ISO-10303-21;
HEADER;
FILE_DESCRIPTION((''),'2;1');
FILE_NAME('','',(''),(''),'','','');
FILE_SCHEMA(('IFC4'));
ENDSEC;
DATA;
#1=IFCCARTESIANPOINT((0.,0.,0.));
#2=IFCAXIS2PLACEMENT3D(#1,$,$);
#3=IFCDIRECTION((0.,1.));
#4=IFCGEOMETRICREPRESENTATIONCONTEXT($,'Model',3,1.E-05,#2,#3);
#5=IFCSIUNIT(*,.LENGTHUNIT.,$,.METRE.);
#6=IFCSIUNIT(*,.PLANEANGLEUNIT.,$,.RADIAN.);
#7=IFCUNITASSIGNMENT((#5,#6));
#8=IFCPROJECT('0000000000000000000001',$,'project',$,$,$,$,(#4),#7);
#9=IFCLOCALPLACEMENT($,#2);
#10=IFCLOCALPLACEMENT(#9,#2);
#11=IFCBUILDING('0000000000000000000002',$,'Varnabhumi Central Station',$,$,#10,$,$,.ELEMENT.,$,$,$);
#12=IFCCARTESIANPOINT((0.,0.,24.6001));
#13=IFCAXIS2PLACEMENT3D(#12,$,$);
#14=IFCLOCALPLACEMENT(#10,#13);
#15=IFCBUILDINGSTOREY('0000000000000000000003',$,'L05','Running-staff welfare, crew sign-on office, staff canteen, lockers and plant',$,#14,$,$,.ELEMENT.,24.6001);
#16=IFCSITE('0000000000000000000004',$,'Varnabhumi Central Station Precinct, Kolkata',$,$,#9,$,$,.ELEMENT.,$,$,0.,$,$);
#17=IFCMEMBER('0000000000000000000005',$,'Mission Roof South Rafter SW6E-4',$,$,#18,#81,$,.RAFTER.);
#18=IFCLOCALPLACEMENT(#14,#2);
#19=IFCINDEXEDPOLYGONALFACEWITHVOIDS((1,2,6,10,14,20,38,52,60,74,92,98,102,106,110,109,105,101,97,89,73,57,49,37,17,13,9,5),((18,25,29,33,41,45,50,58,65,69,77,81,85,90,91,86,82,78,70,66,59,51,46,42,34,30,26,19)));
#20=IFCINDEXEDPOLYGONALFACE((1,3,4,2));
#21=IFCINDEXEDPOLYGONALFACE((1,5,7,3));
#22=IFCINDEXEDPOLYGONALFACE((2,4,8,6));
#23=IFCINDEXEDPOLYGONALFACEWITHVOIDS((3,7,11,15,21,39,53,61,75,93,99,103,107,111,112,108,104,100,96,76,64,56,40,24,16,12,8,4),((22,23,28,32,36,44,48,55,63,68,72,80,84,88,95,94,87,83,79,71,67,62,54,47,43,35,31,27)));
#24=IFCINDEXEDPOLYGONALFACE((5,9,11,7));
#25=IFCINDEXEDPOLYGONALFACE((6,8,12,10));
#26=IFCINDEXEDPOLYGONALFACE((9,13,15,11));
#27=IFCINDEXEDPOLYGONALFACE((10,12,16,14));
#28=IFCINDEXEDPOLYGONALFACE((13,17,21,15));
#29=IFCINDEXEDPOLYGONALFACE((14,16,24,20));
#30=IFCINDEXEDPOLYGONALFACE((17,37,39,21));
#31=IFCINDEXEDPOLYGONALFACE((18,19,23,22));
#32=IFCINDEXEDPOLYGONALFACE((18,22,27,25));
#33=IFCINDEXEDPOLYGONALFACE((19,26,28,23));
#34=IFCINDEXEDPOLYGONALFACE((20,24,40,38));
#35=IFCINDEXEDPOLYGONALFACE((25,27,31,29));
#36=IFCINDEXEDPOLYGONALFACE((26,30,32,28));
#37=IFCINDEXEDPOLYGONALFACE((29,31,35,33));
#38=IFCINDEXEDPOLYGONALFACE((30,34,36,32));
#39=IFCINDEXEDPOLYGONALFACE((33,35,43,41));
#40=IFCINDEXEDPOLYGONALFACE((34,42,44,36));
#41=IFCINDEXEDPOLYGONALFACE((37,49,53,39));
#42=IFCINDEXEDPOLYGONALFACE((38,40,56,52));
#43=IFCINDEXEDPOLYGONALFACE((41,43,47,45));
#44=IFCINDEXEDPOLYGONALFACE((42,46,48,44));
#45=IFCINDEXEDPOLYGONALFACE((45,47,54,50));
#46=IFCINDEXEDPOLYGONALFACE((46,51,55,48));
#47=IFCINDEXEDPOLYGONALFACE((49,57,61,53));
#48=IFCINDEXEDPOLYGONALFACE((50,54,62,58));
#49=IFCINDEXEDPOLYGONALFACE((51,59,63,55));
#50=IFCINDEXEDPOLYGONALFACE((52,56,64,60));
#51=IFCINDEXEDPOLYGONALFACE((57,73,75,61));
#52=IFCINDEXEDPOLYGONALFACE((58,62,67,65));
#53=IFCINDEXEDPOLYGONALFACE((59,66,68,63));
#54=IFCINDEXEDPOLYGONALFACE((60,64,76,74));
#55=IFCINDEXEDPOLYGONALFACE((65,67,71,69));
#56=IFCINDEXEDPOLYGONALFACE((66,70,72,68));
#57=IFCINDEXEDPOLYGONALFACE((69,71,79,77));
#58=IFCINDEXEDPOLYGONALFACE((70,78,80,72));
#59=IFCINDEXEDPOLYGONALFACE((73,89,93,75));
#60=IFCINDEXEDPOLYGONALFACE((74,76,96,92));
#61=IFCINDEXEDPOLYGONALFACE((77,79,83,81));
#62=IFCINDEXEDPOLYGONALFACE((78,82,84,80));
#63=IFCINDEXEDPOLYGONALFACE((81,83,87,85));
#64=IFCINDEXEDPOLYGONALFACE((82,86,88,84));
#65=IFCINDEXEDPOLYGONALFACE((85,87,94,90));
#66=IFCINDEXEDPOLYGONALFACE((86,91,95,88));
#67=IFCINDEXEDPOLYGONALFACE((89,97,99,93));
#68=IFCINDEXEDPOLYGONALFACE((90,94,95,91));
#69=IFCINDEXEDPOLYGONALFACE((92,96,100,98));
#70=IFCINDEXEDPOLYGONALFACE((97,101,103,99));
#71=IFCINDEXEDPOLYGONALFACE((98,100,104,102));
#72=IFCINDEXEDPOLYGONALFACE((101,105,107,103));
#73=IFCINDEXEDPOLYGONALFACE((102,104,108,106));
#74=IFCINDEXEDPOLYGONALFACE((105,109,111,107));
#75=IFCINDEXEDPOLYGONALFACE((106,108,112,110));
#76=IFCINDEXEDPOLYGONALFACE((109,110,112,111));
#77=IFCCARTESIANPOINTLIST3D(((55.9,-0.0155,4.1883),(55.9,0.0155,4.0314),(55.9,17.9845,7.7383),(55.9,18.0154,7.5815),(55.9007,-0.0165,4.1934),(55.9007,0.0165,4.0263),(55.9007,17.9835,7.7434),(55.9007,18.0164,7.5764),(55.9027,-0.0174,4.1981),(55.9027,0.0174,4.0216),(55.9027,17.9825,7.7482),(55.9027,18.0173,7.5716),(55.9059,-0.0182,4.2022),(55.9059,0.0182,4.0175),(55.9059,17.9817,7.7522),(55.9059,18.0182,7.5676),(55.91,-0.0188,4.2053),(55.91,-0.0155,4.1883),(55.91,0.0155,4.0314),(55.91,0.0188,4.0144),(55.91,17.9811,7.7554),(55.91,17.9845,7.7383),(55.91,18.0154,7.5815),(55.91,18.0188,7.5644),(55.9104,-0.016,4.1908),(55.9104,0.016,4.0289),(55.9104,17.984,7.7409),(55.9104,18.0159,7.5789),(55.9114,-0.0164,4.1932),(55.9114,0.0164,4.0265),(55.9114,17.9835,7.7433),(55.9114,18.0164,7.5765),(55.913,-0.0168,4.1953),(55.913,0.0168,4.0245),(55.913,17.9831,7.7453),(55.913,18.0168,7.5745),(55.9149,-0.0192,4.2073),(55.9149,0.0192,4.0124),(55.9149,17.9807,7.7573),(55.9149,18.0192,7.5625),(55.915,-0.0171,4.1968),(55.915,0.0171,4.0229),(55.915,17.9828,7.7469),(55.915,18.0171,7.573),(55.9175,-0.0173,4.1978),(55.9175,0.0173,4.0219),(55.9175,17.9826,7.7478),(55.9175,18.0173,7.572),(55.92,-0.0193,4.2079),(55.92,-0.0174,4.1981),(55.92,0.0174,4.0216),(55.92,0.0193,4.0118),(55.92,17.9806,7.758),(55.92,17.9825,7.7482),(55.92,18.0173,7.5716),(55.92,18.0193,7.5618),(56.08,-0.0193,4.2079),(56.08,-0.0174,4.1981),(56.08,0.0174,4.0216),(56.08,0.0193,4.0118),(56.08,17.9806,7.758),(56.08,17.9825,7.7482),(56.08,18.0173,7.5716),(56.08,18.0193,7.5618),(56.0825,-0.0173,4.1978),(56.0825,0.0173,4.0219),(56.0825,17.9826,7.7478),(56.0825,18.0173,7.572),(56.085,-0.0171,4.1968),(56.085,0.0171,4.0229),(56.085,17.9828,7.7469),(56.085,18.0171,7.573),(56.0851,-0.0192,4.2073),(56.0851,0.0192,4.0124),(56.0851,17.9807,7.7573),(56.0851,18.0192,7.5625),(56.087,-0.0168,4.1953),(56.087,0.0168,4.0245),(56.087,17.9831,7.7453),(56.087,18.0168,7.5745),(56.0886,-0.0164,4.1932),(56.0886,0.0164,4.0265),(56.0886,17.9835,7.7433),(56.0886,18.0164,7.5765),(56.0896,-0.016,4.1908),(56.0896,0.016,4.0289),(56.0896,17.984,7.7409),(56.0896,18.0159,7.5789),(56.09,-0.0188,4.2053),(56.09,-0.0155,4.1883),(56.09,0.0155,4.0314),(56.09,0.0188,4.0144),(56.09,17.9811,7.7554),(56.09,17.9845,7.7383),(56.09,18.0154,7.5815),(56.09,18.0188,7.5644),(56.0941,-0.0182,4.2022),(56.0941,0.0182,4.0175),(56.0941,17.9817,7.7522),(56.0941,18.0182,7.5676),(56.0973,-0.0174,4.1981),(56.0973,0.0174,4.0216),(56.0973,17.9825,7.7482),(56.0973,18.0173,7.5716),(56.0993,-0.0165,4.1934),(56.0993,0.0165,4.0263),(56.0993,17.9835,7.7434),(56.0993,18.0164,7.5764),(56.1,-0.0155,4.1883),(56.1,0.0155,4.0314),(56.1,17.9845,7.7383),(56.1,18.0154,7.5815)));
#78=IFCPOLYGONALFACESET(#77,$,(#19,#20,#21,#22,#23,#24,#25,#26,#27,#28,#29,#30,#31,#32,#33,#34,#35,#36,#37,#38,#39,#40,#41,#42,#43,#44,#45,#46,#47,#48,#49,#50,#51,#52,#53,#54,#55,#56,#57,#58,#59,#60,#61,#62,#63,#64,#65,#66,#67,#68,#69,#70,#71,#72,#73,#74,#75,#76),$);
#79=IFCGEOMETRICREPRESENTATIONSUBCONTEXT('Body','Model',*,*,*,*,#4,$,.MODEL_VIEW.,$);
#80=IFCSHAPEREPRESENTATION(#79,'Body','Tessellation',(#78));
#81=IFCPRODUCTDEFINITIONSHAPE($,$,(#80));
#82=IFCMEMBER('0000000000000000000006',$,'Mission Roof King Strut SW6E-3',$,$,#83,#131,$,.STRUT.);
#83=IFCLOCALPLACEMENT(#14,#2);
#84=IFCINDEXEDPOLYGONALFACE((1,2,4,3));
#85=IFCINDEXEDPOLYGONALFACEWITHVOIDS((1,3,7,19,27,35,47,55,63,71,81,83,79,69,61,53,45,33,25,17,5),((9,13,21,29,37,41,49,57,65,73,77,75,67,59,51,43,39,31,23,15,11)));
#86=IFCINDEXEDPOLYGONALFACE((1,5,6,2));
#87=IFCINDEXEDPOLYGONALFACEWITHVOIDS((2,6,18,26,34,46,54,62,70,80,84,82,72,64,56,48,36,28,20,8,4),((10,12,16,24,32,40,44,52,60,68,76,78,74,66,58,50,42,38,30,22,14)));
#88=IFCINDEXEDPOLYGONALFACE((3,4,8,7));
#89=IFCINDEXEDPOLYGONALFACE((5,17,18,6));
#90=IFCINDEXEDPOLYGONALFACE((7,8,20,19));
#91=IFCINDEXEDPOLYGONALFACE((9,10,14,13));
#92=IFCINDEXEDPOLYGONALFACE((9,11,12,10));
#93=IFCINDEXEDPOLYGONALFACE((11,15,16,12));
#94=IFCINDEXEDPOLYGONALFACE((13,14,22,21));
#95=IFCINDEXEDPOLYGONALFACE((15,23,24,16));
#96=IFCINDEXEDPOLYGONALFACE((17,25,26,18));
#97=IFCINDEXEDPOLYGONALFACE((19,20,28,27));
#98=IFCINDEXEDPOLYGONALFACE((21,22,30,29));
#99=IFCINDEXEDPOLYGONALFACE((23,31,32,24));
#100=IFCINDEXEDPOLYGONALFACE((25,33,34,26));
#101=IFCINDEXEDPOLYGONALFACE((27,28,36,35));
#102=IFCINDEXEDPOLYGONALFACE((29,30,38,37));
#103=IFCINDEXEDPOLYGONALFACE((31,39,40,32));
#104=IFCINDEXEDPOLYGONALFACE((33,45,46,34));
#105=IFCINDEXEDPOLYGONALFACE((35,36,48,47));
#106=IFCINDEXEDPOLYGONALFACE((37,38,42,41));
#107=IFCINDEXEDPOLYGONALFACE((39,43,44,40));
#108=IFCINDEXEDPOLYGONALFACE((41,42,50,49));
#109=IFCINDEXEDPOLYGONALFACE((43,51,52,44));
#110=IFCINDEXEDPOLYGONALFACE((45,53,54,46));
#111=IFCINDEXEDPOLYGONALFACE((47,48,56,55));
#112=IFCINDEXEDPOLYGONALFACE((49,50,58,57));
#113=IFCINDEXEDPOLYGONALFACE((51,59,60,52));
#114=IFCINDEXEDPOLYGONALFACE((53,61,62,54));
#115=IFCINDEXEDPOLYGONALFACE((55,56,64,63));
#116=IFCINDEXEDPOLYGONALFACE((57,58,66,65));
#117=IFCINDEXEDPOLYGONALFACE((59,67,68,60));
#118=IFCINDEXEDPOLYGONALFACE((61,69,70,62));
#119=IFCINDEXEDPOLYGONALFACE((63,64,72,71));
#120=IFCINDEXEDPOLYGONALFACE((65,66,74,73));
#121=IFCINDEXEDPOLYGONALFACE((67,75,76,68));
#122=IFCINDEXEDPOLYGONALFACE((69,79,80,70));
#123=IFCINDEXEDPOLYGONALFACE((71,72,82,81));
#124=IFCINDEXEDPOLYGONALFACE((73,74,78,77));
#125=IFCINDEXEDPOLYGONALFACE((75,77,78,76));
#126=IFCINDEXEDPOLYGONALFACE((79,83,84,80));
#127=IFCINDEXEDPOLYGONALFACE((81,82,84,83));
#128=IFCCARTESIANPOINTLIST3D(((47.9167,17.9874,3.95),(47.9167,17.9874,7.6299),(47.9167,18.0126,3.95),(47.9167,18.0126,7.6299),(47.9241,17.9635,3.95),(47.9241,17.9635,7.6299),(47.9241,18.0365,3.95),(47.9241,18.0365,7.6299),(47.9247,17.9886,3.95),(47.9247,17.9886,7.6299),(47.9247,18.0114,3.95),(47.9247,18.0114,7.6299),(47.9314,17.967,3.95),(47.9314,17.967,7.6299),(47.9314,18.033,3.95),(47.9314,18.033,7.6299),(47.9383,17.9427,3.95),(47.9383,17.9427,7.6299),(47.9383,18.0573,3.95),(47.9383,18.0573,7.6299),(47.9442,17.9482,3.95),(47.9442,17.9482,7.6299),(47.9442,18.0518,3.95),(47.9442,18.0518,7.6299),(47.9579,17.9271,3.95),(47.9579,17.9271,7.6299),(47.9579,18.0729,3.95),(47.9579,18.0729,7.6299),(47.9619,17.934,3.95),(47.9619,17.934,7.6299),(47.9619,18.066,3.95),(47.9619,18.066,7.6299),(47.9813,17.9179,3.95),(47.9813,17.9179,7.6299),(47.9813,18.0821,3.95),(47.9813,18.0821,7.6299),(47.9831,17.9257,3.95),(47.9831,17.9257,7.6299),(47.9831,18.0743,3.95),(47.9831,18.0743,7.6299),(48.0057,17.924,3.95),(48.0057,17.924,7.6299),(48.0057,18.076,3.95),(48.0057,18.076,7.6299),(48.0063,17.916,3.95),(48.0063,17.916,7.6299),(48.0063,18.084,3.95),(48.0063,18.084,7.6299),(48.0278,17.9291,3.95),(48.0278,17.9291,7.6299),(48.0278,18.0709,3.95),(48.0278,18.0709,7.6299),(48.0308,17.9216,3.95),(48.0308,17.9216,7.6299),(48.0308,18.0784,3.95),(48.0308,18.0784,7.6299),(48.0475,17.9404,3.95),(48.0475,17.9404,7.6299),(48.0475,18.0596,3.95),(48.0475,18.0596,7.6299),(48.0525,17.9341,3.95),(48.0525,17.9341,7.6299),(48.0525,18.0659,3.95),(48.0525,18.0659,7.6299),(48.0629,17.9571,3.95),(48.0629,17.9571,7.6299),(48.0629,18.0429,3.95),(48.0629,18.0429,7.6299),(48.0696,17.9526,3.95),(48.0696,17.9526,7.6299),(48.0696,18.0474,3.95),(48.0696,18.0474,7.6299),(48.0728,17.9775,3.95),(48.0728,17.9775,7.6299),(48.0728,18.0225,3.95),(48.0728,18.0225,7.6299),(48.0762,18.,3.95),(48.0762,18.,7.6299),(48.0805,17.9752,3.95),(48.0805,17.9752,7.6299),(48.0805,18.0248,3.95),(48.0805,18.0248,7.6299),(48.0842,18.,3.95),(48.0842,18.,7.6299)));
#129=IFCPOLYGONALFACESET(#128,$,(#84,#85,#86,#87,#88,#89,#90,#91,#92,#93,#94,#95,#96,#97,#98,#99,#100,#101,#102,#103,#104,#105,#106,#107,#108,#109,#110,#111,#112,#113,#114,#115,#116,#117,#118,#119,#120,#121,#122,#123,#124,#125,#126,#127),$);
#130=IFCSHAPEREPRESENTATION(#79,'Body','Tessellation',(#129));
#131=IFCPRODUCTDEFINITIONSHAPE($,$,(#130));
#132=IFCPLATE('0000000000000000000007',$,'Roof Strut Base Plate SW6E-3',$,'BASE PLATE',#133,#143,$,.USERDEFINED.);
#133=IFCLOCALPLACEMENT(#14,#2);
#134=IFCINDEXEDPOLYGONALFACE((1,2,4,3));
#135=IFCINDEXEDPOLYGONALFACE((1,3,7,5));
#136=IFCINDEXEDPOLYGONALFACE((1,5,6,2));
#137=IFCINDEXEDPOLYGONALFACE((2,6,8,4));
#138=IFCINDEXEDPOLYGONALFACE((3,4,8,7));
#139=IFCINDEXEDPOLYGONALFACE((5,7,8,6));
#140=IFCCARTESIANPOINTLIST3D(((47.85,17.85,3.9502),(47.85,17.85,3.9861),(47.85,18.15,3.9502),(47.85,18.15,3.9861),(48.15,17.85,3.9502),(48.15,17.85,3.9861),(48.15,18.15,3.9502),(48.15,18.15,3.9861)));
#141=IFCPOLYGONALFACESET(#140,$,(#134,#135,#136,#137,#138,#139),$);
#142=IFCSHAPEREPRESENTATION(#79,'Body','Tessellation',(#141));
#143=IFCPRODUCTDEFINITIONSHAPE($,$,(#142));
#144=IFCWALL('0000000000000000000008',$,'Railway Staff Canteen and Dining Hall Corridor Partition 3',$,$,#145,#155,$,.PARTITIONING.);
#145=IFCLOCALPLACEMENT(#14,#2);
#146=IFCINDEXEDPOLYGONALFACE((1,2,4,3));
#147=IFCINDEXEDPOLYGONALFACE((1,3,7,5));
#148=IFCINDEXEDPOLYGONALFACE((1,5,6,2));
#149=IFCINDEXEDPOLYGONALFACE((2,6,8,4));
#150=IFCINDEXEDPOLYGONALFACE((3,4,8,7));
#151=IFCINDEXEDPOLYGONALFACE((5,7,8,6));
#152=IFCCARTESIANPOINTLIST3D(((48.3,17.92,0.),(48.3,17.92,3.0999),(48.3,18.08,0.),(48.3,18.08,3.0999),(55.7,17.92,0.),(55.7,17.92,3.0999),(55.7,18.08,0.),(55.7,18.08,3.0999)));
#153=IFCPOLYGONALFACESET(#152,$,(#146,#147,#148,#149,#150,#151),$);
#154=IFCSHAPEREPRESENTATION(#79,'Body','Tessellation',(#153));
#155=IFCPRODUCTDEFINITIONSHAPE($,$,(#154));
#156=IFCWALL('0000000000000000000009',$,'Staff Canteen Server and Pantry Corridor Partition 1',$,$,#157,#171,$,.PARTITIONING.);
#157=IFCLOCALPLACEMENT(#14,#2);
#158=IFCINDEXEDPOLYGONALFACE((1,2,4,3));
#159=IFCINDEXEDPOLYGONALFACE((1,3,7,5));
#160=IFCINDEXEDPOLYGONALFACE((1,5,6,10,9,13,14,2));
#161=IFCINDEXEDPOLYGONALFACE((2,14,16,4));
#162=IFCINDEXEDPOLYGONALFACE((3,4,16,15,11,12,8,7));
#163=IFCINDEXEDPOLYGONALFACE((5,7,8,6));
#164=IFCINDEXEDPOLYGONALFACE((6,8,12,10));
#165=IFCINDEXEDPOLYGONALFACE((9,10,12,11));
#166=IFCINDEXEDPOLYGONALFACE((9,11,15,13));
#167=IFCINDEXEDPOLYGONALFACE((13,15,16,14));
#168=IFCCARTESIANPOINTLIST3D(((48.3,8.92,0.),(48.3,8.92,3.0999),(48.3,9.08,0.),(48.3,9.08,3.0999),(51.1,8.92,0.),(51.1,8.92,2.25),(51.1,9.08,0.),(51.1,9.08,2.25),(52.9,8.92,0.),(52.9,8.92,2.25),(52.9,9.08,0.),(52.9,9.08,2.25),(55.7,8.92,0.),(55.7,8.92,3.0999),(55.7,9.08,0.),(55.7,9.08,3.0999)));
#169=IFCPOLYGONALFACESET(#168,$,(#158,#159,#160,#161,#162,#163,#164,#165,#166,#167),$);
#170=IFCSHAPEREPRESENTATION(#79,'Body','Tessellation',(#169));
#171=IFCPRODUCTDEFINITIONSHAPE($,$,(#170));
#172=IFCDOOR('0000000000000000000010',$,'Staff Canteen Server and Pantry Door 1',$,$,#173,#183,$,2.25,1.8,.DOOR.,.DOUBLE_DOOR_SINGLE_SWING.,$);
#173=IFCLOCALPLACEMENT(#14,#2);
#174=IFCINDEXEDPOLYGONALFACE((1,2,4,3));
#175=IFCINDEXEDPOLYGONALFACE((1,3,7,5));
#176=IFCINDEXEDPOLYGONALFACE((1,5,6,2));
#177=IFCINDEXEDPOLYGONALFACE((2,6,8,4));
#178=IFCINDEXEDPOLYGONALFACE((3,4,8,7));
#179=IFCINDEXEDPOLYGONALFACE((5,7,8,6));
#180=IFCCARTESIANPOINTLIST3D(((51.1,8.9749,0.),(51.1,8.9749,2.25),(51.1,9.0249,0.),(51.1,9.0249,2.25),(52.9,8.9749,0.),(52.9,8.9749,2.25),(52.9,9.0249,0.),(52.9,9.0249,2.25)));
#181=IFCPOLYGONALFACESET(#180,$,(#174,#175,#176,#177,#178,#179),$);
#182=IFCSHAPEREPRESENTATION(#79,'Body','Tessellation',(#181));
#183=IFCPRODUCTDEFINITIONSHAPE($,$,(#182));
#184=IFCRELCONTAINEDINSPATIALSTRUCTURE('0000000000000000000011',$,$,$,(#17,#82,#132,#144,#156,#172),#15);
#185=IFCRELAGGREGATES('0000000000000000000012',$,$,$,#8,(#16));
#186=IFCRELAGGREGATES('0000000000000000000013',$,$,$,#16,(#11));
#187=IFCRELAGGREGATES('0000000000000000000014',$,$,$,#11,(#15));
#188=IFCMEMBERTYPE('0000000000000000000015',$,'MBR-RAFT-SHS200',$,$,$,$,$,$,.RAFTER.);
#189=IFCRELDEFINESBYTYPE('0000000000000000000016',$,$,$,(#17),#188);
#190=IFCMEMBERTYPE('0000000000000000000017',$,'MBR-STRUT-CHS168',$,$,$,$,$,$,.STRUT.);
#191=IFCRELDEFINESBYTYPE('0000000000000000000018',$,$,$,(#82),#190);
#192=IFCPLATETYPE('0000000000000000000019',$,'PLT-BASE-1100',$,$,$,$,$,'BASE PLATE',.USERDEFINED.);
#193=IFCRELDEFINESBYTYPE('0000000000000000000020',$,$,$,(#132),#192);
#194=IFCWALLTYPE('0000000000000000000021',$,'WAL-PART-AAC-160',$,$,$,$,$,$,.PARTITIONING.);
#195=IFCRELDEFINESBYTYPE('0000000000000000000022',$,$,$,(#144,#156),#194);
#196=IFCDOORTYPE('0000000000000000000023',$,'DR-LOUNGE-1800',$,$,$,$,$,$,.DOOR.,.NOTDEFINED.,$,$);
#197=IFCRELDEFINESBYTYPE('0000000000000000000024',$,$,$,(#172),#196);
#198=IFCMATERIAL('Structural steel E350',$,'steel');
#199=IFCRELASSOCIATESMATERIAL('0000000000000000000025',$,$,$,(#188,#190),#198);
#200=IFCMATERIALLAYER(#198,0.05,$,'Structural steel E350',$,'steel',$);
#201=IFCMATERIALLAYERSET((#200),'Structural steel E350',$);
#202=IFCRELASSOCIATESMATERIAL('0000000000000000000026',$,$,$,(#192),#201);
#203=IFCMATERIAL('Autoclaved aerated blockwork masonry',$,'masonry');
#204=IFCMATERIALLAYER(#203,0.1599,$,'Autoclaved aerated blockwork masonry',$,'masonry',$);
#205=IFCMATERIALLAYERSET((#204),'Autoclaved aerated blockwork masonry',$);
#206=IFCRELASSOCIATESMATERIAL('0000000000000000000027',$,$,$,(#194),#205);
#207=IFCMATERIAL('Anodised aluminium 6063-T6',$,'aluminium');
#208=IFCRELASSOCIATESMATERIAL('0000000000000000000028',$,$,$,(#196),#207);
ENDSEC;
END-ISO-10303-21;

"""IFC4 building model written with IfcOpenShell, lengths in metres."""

from ifc_helpers import new_model, si_unit, direction, frame, frame_2d, origin, origin_2d, place, context, subcontext, project, spatial, rectangle, hollow_rectangle, hollow_circle, extrude, material, layer, layer_set, material_profile, profile_set, type_object, element, fill, save


model = new_model("IFC4")

# Units and contexts
model_context = context("Model", 3, precision=1e-05, world=origin(), true_north=direction((0.0, 1.0)))
body_context = subcontext(model_context, "Body", "Model", "MODEL_VIEW")
ifc_project = project(units=[si_unit("LENGTHUNIT", "METRE"), si_unit("PLANEANGLEUNIT", "RADIAN")], contexts=[model_context])

# Site, building, storey
site_placement = place(None, origin())
site = spatial("IfcSite", under=ifc_project, at=site_placement, Name="Varnabhumi Central Station Precinct, Kolkata", CompositionType="ELEMENT", RefElevation=0.0)
building_placement = place(site_placement, origin())
building = spatial("IfcBuilding", under=site, at=building_placement, Name="Varnabhumi Central Station", CompositionType="ELEMENT")
storey_placement = place(building_placement, frame((0.0, 0.0, 24.6001)))
storey = spatial("IfcBuildingStorey", under=building, at=storey_placement, Name="L05", Description="Running-staff welfare, crew sign-on office, staff canteen, lockers and plant", CompositionType="ELEMENT", Elevation=24.6001)

# Shared definitions
ifc_material_1 = material(Name="Structural steel E350", Category="steel")

# Members
ifc_material_profile_1 = material_profile(ifc_material_1, hollow_rectangle(XDim=0.2, YDim=0.2, WallThickness=0.01, InnerFilletRadius=0.01, OuterFilletRadius=0.02, at=origin_2d()), Name="Structural steel E350", Category="steel")
ifc_profile_set_1 = profile_set([ifc_material_profile_1], Name="Structural steel E350")
member_type_1 = type_object("IfcMemberType", Name="MBR-RAFT-SHS200", PredefinedType="RAFTER", material=ifc_profile_set_1)
for number, where, z_axis, x_axis, name in (
    (1, (56.0, 0.0, 4.1099), (0.0, 0.981101, 0.193498), (-1.0, 0.0, 0.0), "Mission Roof South Rafter SW6E-4"),
):
    element("IfcMember", number, at=place(storey_placement, frame(where, z_axis=z_axis, x_axis=x_axis)), inside=storey, type_object=member_type_1, Name=name, PredefinedType="RAFTER", context=body_context, shape_type="SweptSolid", body=[
        extrude(hollow_rectangle(XDim=0.2, YDim=0.2, WallThickness=0.01, InnerFilletRadius=0.01, OuterFilletRadius=0.02, at=origin_2d()), origin(), (0.0, 0.0, 1.0), 18.3467),
    ])
ifc_material_profile_2 = material_profile(ifc_material_1, hollow_circle(Radius=0.0842, WallThickness=0.0081, at=origin_2d()), Name="Structural steel E350", Category="steel")
ifc_profile_set_2 = profile_set([ifc_material_profile_2], Name="Structural steel E350")
member_type_2 = type_object("IfcMemberType", Name="MBR-STRUT-CHS168", PredefinedType="STRUT", material=ifc_profile_set_2)
member_1_placement = place(storey_placement, frame((48.0, 18.0, 3.95), z_axis=(0.0, 0.0, 1.0), x_axis=(1.0, 0.0, 0.0)))
element("IfcMember", 2, at=member_1_placement, inside=storey, type_object=member_type_2, Name="Mission Roof King Strut SW6E-3", PredefinedType="STRUT", context=body_context, shape_type="SweptSolid", body=[
    extrude(hollow_circle(Radius=0.0842, WallThickness=0.0081, at=origin_2d()), origin(), (0.0, 0.0, 1.0), 3.6799),
])

# Plate
ifc_layer_1 = layer(ifc_material_1, 0.05, Name="Structural steel E350", Category="steel")
ifc_layer_set_1 = layer_set([ifc_layer_1], Name="Structural steel E350")
plate_type = type_object("IfcPlateType", Name="PLT-BASE-1100", ElementType="BASE PLATE", PredefinedType="USERDEFINED", material=ifc_layer_set_1)
plate_placement = place(storey_placement, frame((48.0, 18.0, 3.9502), z_axis=(0.0, 0.0, 1.0), x_axis=(1.0, 0.0, 0.0)))
element("IfcPlate", 3, at=plate_placement, inside=storey, type_object=plate_type, Name="Roof Strut Base Plate SW6E-3", ObjectType="BASE PLATE", PredefinedType="USERDEFINED", context=body_context, shape_type="SweptSolid", body=[
    extrude(rectangle(XDim=0.3, YDim=0.3, at=origin_2d()), origin(), (0.0, 0.0, 1.0), 0.0359),
])

# Wall
ifc_material_2 = material(Name="Autoclaved aerated blockwork masonry", Category="masonry")
ifc_layer_2 = layer(ifc_material_2, 0.1599, Name="Autoclaved aerated blockwork masonry", Category="masonry")
ifc_layer_set_2 = layer_set([ifc_layer_2], Name="Autoclaved aerated blockwork masonry")
wall_type_1 = type_object("IfcWallType", Name="WAL-PART-AAC-160", PredefinedType="PARTITIONING", material=ifc_layer_set_2)
wall_1_placement = place(storey_placement, frame((48.3, 18.0, 0.0), z_axis=(0.0, 0.0, 1.0), x_axis=(1.0, 0.0, 0.0)))
element("IfcWall", 4, at=wall_1_placement, inside=storey, type_object=wall_type_1, Name="Railway Staff Canteen and Dining Hall Corridor Partition 3", PredefinedType="PARTITIONING", context=body_context, shape_type="SweptSolid", body=[
    extrude(rectangle(XDim=7.3999, YDim=0.1599, at=frame_2d((3.7, 0.0))), origin(), (0.0, 0.0, 1.0), 3.0999),
])

# Wall, opening, door
wall_2_placement = place(storey_placement, frame((48.3, 9.0, 0.0), z_axis=(0.0, 0.0, 1.0), x_axis=(1.0, 0.0, 0.0)))
wall_2 = element("IfcWall", 5, at=wall_2_placement, inside=storey, type_object=wall_type_1, Name="Staff Canteen Server and Pantry Corridor Partition 1", PredefinedType="PARTITIONING", context=body_context, shape_type="SweptSolid", body=[
    extrude(rectangle(XDim=7.3999, YDim=0.1599, at=frame_2d((3.7, 0.0))), origin(), (0.0, 0.0, 1.0), 3.0999),
])
opening_placement = place(wall_2_placement, frame((2.8, 0.0, 0.0)))
opening = element("IfcOpeningElement", 6, at=opening_placement, cuts=wall_2, PredefinedType="OPENING", context=body_context, shape_type="SweptSolid", body=[
    extrude(rectangle(XDim=1.8, YDim=2.25, at=frame_2d((0.8999, 1.125))), frame((0.0, 0.0898, 0.0), z_axis=(0.0, -1.0, 0.0), x_axis=(1.0, 0.0, 0.0)), (0.0, 0.0, 1.0), 0.1799),
])
ifc_material_3 = material(Name="Anodised aluminium 6063-T6", Category="aluminium")
door_type = type_object("IfcDoorType", Name="DR-LOUNGE-1800", OperationType="NOTDEFINED", PredefinedType="DOOR", material=ifc_material_3)
door_placement = place(opening_placement, origin())
door = element("IfcDoor", 7, at=door_placement, inside=storey, type_object=door_type, Name="Staff Canteen Server and Pantry Door 1", OperationType="DOUBLE_DOOR_SINGLE_SWING", OverallHeight=2.25, OverallWidth=1.8, PredefinedType="DOOR", context=body_context, shape_type="SweptSolid", body=[
    extrude(rectangle(XDim=1.8, YDim=2.25, at=frame_2d((0.8999, 1.125))), frame((0.0, 0.0249, 0.0), z_axis=(0.0, -1.0, 0.0), x_axis=(1.0, 0.0, 0.0)), (0.0, 0.0, 1.0), 0.05),
])
fill(opening, door)

save(model, "model.ifc")
